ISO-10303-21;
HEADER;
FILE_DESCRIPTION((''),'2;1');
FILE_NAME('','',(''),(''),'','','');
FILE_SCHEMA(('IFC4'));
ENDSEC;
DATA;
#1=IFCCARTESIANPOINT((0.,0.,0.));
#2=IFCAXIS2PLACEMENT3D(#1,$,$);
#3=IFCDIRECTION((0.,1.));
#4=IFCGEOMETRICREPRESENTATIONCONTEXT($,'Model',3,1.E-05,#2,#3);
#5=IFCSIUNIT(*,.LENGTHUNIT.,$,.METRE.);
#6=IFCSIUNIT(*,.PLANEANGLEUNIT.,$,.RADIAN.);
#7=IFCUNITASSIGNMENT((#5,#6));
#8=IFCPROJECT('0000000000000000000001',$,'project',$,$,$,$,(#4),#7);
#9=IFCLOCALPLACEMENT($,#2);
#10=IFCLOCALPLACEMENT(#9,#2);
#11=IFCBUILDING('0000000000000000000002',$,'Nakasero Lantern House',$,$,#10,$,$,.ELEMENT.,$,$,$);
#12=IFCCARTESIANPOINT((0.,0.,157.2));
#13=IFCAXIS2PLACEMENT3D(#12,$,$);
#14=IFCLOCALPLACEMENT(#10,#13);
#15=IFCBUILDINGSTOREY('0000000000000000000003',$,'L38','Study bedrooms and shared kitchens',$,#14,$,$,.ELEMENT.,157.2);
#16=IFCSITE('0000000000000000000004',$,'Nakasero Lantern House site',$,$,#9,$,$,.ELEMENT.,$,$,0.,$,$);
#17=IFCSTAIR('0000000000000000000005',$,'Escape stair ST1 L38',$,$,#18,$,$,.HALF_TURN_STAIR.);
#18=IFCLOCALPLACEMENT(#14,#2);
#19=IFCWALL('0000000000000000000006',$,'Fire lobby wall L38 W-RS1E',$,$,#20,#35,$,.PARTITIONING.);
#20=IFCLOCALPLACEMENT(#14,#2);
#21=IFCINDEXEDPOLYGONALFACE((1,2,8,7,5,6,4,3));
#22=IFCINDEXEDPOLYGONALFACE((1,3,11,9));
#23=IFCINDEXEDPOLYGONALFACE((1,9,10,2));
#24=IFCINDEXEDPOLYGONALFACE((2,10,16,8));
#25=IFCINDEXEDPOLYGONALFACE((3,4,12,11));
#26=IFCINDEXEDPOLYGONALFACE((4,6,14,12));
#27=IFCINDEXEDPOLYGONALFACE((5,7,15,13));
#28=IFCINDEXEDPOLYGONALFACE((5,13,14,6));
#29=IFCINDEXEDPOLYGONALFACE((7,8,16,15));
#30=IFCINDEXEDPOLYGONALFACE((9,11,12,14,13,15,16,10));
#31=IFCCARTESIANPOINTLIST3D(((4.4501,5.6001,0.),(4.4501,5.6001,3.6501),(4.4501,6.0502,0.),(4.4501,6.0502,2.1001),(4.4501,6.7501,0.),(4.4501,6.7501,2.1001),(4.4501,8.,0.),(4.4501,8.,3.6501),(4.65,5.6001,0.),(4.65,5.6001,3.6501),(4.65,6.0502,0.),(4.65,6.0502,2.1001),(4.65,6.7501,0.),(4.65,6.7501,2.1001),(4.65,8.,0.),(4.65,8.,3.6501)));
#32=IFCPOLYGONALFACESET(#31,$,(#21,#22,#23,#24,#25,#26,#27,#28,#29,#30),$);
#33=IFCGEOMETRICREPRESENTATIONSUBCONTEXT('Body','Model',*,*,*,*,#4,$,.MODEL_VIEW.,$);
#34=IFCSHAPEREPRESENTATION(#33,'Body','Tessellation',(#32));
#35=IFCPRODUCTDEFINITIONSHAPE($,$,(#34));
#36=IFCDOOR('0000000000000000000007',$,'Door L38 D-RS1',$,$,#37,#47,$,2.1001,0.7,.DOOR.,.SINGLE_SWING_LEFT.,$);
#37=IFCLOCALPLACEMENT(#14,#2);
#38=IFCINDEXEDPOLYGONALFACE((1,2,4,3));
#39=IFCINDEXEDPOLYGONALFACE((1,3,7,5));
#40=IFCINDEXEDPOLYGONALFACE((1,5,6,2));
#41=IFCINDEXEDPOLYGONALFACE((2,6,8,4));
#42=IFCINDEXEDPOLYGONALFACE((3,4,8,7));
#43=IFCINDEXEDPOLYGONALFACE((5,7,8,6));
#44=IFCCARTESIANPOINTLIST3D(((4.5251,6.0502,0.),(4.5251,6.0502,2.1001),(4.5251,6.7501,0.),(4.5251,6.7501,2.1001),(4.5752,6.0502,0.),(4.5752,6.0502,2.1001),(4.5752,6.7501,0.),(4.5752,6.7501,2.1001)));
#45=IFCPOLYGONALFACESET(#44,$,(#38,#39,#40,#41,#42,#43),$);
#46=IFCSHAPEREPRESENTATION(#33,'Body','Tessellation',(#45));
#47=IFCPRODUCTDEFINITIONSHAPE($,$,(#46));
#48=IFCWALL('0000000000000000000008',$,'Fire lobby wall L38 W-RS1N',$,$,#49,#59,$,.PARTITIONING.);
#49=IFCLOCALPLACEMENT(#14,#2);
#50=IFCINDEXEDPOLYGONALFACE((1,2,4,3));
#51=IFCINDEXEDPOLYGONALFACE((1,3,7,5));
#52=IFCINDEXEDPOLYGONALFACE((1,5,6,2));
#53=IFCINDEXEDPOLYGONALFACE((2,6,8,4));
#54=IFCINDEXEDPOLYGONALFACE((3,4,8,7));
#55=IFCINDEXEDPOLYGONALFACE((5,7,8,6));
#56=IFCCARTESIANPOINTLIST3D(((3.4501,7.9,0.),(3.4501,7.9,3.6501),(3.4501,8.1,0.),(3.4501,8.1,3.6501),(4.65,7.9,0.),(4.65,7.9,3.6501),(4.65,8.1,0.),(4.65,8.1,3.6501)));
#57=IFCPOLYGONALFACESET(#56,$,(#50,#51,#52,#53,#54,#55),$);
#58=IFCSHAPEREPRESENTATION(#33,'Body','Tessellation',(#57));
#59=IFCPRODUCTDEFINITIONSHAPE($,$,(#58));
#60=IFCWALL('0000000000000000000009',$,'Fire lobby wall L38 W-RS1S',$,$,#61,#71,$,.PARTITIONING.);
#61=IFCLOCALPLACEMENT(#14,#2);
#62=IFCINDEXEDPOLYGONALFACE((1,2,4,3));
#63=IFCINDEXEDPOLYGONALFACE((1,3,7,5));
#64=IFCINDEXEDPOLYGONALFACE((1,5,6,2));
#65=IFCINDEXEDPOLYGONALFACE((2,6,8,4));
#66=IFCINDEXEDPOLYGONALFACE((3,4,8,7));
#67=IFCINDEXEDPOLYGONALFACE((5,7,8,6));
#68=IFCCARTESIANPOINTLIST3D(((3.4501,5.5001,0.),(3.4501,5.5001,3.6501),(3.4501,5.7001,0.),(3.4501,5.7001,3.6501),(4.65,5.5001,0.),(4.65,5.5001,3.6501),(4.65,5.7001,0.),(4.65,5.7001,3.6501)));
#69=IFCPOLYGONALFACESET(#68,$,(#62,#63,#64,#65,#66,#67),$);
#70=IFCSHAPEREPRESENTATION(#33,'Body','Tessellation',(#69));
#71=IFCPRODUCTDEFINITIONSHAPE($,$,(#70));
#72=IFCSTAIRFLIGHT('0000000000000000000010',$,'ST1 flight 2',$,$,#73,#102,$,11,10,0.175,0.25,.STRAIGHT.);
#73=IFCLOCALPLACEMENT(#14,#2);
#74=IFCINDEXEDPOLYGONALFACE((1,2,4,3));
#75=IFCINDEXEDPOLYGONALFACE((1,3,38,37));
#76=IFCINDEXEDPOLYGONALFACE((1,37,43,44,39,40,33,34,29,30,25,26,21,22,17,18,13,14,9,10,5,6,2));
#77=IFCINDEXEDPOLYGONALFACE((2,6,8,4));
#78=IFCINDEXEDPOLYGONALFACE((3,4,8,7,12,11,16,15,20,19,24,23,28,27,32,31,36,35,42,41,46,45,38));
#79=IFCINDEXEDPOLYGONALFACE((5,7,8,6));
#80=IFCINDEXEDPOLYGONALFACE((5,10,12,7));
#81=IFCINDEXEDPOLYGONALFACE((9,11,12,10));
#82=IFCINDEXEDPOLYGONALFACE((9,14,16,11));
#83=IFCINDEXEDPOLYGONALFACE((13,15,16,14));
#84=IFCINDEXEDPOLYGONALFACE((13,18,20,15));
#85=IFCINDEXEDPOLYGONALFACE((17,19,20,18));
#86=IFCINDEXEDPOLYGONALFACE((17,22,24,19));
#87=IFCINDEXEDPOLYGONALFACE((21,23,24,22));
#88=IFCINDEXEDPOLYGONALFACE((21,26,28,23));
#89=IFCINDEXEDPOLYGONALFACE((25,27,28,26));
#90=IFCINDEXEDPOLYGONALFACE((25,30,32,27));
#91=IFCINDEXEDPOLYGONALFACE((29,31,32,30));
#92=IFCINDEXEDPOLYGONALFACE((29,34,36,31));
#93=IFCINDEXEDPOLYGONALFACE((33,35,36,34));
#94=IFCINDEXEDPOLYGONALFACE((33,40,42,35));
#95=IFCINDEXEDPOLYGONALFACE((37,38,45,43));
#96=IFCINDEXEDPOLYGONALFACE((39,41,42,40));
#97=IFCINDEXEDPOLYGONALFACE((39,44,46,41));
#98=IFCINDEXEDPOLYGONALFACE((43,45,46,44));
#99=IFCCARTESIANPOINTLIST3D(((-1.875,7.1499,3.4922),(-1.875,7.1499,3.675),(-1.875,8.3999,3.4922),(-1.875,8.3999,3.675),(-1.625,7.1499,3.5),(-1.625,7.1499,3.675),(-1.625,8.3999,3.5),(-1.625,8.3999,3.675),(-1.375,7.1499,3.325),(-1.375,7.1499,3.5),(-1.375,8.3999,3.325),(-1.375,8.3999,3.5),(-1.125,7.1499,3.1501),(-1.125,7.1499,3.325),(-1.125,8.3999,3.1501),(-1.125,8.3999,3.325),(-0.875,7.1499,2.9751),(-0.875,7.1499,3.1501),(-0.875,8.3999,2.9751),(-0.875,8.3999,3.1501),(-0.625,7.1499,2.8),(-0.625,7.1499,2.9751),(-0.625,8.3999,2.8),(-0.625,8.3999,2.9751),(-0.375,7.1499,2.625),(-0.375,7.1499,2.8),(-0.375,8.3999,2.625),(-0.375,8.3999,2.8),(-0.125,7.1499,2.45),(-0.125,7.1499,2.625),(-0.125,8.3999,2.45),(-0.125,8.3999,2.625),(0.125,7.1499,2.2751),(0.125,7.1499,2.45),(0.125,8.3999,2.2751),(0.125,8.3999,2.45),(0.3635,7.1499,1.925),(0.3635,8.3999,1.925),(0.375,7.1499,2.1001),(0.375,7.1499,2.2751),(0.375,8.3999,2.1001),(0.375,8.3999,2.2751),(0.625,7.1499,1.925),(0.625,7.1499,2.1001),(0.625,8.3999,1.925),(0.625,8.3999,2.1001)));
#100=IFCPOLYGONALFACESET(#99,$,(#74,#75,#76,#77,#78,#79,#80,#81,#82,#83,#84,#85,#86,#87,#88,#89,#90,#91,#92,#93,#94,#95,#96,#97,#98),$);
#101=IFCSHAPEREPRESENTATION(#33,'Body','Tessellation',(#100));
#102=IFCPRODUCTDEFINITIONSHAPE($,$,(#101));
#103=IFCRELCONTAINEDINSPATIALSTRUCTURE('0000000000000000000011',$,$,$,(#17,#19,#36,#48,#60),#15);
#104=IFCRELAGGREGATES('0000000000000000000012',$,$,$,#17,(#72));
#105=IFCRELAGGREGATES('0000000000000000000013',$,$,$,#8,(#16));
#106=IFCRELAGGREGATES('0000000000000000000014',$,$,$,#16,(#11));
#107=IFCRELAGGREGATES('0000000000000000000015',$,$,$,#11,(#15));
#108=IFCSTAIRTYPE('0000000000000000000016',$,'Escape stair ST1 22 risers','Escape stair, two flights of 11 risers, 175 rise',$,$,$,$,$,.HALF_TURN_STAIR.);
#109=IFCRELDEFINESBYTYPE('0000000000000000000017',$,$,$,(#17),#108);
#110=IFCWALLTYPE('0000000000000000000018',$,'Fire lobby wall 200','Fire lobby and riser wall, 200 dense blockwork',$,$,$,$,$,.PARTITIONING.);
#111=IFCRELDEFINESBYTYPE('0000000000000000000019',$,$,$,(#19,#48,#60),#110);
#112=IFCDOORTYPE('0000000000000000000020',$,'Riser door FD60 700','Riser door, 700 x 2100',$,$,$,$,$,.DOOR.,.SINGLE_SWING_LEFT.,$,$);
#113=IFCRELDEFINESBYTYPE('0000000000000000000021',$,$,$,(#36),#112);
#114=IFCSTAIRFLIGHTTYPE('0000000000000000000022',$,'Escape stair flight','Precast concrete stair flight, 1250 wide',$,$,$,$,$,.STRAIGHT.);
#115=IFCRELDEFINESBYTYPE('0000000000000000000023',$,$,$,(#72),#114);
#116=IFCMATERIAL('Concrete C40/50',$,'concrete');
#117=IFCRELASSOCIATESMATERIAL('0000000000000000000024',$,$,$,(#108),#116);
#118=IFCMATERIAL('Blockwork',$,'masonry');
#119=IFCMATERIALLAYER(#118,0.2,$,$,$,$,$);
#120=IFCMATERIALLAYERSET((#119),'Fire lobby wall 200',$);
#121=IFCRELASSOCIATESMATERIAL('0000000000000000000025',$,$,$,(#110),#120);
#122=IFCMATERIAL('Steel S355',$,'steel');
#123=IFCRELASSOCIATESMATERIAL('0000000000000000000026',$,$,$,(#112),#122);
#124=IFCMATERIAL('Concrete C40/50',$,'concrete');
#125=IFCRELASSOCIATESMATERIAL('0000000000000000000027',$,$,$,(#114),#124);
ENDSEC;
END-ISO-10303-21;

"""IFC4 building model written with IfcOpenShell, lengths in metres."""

from ifc_helpers import new_model, si_unit, direction, frame, frame_2d, origin, place, context, subcontext, project, spatial, polyline, rectangle, outline, extrude, material, layer, layer_set, type_object, element, fill, aggregate, save


model = new_model("IFC4")

# Units and contexts
model_context = context("Model", 3, precision=1e-05, world=origin(), true_north=direction((0.0, 1.0)))
body_context = subcontext(model_context, "Body", "Model", "MODEL_VIEW")
ifc_project = project(units=[si_unit("LENGTHUNIT", "METRE"), si_unit("PLANEANGLEUNIT", "RADIAN")], contexts=[model_context])

# Site, building, storey
site_placement = place(None, origin())
site = spatial("IfcSite", under=ifc_project, at=site_placement, Name="Nakasero Lantern House site", CompositionType="ELEMENT", RefElevation=0.0)
building_placement = place(site_placement, origin())
building = spatial("IfcBuilding", under=site, at=building_placement, Name="Nakasero Lantern House", CompositionType="ELEMENT")
storey_placement = place(building_placement, frame((0.0, 0.0, 157.2)))
storey = spatial("IfcBuildingStorey", under=building, at=storey_placement, Name="L38", Description="Study bedrooms and shared kitchens", CompositionType="ELEMENT", Elevation=157.2)

# Stair
ifc_material_1 = material(Name="Concrete C40/50", Category="concrete")
stair_type_1 = type_object("IfcStairType", Name="Escape stair ST1 22 risers", Description="Escape stair, two flights of 11 risers, 175 rise", PredefinedType="HALF_TURN_STAIR", material=ifc_material_1)
stair_1_placement = place(storey_placement, origin())
stair_1 = element("IfcStair", 1, at=stair_1_placement, inside=storey, type_object=stair_type_1, Name="Escape stair ST1 L38", PredefinedType="HALF_TURN_STAIR")

# Wall, opening, door
ifc_material_2 = material(Name="Blockwork", Category="masonry")
ifc_layer_1 = layer(ifc_material_2, 0.2)
ifc_layer_set_1 = layer_set([ifc_layer_1], Name="Fire lobby wall 200")
wall_type_1 = type_object("IfcWallType", Name="Fire lobby wall 200", Description="Fire lobby and riser wall, 200 dense blockwork", PredefinedType="PARTITIONING", material=ifc_layer_set_1)
wall_1_placement = place(storey_placement, frame((4.55, 5.6001, 0.0), z_axis=(0.0, 0.0, 1.0), x_axis=(0.0, 1.0, 0.0)))
wall_1 = element("IfcWall", 2, at=wall_1_placement, inside=storey, type_object=wall_type_1, Name="Fire lobby wall L38 W-RS1E", PredefinedType="PARTITIONING", context=body_context, shape_type="SweptSolid", body=[
    extrude(rectangle(XDim=2.3999, YDim=0.2, at=frame_2d((1.2, 0.0))), origin(), (0.0, 0.0, 1.0), 3.6501),
])
opening_1_placement = place(wall_1_placement, frame((0.45, 0.0, 0.0)))
opening_1 = element("IfcOpeningElement", 3, at=opening_1_placement, cuts=wall_1, PredefinedType="OPENING", context=body_context, shape_type="SweptSolid", body=[
    extrude(rectangle(XDim=0.7, YDim=2.1001, at=frame_2d((0.3501, 1.05))), frame((0.0, 0.1199, 0.0), z_axis=(0.0, -1.0, 0.0), x_axis=(1.0, 0.0, 0.0)), (0.0, 0.0, 1.0), 0.24),
])
ifc_material_3 = material(Name="Steel S355", Category="steel")
door_type_1 = type_object("IfcDoorType", Name="Riser door FD60 700", Description="Riser door, 700 x 2100", OperationType="SINGLE_SWING_LEFT", PredefinedType="DOOR", material=ifc_material_3)
door_1_placement = place(opening_1_placement, origin())
door_1 = element("IfcDoor", 4, at=door_1_placement, inside=storey, type_object=door_type_1, Name="Door L38 D-RS1", OperationType="SINGLE_SWING_LEFT", OverallHeight=2.1001, OverallWidth=0.7, PredefinedType="DOOR", context=body_context, shape_type="SweptSolid", body=[
    extrude(rectangle(XDim=0.7, YDim=2.1001, at=frame_2d((0.3501, 1.05))), frame((0.0, 0.0249, 0.0), z_axis=(0.0, -1.0, 0.0), x_axis=(1.0, 0.0, 0.0)), (0.0, 0.0, 1.0), 0.05),
])
fill(opening_1, door_1)

# Walls
for number, where, z_axis, x_axis, name in (
    (5, (3.45, 8.0, 0.0), (0.0, 0.0, 1.0), (1.0, 0.0, 0.0), "Fire lobby wall L38 W-RS1N"),
    (6, (3.45, 5.6001, 0.0), (0.0, 0.0, 1.0), (1.0, 0.0, 0.0), "Fire lobby wall L38 W-RS1S"),
):
    element("IfcWall", number, at=place(storey_placement, frame(where, z_axis=z_axis, x_axis=x_axis)), inside=storey, type_object=wall_type_1, Name=name, PredefinedType="PARTITIONING", context=body_context, shape_type="SweptSolid", body=[
        extrude(rectangle(XDim=1.2, YDim=0.2, at=frame_2d((0.6001, 0.0))), origin(), (0.0, 0.0, 1.0), 3.6501),
    ])

# Stair flight
ifc_material_4 = material(Name="Concrete C40/50", Category="concrete")
stair_flight_type = type_object("IfcStairFlightType", Name="Escape stair flight", Description="Precast concrete stair flight, 1250 wide", PredefinedType="STRAIGHT", material=ifc_material_4)
stair_flight_placement = place(storey_placement, frame((0.625, 7.7749, 1.925), z_axis=(0.0, 0.0, 1.0), x_axis=(-1.0, 0.0, 0.0)))
stair_flight = element("IfcStairFlight", 7, at=stair_flight_placement, type_object=stair_flight_type, Name="ST1 flight 2", NumberOfRisers=11, NumberOfTreads=10, PredefinedType="STRAIGHT", RiserHeight=0.175, TreadLength=0.25, context=body_context, shape_type="SweptSolid", body=[
    extrude(outline(polyline([(0.0, 0.0), (0.0, 0.175), (0.25, 0.175), (0.25, 0.3501), (0.5, 0.3501), (0.5, 0.5249), (0.75, 0.5249), (0.75, 0.7), (1.0, 0.7), (1.0, 0.875), (1.25, 0.875), (1.25, 1.05), (1.5, 1.05), (1.5, 1.2251), (1.75, 1.2251), (1.75, 1.3999), (2.0, 1.3999), (2.0, 1.575), (2.25, 1.575), (2.25, 1.75), (2.5, 1.75), (2.5, 1.925), (2.5, 1.5671), (0.2615, 0.0), (0.0, 0.0)])), frame((0.0, 0.625, 0.0), z_axis=(0.0, -1.0, 0.0), x_axis=(1.0, 0.0, 0.0)), (0.0, 0.0, 1.0), 1.25),
])
aggregate(stair_1, [stair_flight])

save(model, "model.ifc")
